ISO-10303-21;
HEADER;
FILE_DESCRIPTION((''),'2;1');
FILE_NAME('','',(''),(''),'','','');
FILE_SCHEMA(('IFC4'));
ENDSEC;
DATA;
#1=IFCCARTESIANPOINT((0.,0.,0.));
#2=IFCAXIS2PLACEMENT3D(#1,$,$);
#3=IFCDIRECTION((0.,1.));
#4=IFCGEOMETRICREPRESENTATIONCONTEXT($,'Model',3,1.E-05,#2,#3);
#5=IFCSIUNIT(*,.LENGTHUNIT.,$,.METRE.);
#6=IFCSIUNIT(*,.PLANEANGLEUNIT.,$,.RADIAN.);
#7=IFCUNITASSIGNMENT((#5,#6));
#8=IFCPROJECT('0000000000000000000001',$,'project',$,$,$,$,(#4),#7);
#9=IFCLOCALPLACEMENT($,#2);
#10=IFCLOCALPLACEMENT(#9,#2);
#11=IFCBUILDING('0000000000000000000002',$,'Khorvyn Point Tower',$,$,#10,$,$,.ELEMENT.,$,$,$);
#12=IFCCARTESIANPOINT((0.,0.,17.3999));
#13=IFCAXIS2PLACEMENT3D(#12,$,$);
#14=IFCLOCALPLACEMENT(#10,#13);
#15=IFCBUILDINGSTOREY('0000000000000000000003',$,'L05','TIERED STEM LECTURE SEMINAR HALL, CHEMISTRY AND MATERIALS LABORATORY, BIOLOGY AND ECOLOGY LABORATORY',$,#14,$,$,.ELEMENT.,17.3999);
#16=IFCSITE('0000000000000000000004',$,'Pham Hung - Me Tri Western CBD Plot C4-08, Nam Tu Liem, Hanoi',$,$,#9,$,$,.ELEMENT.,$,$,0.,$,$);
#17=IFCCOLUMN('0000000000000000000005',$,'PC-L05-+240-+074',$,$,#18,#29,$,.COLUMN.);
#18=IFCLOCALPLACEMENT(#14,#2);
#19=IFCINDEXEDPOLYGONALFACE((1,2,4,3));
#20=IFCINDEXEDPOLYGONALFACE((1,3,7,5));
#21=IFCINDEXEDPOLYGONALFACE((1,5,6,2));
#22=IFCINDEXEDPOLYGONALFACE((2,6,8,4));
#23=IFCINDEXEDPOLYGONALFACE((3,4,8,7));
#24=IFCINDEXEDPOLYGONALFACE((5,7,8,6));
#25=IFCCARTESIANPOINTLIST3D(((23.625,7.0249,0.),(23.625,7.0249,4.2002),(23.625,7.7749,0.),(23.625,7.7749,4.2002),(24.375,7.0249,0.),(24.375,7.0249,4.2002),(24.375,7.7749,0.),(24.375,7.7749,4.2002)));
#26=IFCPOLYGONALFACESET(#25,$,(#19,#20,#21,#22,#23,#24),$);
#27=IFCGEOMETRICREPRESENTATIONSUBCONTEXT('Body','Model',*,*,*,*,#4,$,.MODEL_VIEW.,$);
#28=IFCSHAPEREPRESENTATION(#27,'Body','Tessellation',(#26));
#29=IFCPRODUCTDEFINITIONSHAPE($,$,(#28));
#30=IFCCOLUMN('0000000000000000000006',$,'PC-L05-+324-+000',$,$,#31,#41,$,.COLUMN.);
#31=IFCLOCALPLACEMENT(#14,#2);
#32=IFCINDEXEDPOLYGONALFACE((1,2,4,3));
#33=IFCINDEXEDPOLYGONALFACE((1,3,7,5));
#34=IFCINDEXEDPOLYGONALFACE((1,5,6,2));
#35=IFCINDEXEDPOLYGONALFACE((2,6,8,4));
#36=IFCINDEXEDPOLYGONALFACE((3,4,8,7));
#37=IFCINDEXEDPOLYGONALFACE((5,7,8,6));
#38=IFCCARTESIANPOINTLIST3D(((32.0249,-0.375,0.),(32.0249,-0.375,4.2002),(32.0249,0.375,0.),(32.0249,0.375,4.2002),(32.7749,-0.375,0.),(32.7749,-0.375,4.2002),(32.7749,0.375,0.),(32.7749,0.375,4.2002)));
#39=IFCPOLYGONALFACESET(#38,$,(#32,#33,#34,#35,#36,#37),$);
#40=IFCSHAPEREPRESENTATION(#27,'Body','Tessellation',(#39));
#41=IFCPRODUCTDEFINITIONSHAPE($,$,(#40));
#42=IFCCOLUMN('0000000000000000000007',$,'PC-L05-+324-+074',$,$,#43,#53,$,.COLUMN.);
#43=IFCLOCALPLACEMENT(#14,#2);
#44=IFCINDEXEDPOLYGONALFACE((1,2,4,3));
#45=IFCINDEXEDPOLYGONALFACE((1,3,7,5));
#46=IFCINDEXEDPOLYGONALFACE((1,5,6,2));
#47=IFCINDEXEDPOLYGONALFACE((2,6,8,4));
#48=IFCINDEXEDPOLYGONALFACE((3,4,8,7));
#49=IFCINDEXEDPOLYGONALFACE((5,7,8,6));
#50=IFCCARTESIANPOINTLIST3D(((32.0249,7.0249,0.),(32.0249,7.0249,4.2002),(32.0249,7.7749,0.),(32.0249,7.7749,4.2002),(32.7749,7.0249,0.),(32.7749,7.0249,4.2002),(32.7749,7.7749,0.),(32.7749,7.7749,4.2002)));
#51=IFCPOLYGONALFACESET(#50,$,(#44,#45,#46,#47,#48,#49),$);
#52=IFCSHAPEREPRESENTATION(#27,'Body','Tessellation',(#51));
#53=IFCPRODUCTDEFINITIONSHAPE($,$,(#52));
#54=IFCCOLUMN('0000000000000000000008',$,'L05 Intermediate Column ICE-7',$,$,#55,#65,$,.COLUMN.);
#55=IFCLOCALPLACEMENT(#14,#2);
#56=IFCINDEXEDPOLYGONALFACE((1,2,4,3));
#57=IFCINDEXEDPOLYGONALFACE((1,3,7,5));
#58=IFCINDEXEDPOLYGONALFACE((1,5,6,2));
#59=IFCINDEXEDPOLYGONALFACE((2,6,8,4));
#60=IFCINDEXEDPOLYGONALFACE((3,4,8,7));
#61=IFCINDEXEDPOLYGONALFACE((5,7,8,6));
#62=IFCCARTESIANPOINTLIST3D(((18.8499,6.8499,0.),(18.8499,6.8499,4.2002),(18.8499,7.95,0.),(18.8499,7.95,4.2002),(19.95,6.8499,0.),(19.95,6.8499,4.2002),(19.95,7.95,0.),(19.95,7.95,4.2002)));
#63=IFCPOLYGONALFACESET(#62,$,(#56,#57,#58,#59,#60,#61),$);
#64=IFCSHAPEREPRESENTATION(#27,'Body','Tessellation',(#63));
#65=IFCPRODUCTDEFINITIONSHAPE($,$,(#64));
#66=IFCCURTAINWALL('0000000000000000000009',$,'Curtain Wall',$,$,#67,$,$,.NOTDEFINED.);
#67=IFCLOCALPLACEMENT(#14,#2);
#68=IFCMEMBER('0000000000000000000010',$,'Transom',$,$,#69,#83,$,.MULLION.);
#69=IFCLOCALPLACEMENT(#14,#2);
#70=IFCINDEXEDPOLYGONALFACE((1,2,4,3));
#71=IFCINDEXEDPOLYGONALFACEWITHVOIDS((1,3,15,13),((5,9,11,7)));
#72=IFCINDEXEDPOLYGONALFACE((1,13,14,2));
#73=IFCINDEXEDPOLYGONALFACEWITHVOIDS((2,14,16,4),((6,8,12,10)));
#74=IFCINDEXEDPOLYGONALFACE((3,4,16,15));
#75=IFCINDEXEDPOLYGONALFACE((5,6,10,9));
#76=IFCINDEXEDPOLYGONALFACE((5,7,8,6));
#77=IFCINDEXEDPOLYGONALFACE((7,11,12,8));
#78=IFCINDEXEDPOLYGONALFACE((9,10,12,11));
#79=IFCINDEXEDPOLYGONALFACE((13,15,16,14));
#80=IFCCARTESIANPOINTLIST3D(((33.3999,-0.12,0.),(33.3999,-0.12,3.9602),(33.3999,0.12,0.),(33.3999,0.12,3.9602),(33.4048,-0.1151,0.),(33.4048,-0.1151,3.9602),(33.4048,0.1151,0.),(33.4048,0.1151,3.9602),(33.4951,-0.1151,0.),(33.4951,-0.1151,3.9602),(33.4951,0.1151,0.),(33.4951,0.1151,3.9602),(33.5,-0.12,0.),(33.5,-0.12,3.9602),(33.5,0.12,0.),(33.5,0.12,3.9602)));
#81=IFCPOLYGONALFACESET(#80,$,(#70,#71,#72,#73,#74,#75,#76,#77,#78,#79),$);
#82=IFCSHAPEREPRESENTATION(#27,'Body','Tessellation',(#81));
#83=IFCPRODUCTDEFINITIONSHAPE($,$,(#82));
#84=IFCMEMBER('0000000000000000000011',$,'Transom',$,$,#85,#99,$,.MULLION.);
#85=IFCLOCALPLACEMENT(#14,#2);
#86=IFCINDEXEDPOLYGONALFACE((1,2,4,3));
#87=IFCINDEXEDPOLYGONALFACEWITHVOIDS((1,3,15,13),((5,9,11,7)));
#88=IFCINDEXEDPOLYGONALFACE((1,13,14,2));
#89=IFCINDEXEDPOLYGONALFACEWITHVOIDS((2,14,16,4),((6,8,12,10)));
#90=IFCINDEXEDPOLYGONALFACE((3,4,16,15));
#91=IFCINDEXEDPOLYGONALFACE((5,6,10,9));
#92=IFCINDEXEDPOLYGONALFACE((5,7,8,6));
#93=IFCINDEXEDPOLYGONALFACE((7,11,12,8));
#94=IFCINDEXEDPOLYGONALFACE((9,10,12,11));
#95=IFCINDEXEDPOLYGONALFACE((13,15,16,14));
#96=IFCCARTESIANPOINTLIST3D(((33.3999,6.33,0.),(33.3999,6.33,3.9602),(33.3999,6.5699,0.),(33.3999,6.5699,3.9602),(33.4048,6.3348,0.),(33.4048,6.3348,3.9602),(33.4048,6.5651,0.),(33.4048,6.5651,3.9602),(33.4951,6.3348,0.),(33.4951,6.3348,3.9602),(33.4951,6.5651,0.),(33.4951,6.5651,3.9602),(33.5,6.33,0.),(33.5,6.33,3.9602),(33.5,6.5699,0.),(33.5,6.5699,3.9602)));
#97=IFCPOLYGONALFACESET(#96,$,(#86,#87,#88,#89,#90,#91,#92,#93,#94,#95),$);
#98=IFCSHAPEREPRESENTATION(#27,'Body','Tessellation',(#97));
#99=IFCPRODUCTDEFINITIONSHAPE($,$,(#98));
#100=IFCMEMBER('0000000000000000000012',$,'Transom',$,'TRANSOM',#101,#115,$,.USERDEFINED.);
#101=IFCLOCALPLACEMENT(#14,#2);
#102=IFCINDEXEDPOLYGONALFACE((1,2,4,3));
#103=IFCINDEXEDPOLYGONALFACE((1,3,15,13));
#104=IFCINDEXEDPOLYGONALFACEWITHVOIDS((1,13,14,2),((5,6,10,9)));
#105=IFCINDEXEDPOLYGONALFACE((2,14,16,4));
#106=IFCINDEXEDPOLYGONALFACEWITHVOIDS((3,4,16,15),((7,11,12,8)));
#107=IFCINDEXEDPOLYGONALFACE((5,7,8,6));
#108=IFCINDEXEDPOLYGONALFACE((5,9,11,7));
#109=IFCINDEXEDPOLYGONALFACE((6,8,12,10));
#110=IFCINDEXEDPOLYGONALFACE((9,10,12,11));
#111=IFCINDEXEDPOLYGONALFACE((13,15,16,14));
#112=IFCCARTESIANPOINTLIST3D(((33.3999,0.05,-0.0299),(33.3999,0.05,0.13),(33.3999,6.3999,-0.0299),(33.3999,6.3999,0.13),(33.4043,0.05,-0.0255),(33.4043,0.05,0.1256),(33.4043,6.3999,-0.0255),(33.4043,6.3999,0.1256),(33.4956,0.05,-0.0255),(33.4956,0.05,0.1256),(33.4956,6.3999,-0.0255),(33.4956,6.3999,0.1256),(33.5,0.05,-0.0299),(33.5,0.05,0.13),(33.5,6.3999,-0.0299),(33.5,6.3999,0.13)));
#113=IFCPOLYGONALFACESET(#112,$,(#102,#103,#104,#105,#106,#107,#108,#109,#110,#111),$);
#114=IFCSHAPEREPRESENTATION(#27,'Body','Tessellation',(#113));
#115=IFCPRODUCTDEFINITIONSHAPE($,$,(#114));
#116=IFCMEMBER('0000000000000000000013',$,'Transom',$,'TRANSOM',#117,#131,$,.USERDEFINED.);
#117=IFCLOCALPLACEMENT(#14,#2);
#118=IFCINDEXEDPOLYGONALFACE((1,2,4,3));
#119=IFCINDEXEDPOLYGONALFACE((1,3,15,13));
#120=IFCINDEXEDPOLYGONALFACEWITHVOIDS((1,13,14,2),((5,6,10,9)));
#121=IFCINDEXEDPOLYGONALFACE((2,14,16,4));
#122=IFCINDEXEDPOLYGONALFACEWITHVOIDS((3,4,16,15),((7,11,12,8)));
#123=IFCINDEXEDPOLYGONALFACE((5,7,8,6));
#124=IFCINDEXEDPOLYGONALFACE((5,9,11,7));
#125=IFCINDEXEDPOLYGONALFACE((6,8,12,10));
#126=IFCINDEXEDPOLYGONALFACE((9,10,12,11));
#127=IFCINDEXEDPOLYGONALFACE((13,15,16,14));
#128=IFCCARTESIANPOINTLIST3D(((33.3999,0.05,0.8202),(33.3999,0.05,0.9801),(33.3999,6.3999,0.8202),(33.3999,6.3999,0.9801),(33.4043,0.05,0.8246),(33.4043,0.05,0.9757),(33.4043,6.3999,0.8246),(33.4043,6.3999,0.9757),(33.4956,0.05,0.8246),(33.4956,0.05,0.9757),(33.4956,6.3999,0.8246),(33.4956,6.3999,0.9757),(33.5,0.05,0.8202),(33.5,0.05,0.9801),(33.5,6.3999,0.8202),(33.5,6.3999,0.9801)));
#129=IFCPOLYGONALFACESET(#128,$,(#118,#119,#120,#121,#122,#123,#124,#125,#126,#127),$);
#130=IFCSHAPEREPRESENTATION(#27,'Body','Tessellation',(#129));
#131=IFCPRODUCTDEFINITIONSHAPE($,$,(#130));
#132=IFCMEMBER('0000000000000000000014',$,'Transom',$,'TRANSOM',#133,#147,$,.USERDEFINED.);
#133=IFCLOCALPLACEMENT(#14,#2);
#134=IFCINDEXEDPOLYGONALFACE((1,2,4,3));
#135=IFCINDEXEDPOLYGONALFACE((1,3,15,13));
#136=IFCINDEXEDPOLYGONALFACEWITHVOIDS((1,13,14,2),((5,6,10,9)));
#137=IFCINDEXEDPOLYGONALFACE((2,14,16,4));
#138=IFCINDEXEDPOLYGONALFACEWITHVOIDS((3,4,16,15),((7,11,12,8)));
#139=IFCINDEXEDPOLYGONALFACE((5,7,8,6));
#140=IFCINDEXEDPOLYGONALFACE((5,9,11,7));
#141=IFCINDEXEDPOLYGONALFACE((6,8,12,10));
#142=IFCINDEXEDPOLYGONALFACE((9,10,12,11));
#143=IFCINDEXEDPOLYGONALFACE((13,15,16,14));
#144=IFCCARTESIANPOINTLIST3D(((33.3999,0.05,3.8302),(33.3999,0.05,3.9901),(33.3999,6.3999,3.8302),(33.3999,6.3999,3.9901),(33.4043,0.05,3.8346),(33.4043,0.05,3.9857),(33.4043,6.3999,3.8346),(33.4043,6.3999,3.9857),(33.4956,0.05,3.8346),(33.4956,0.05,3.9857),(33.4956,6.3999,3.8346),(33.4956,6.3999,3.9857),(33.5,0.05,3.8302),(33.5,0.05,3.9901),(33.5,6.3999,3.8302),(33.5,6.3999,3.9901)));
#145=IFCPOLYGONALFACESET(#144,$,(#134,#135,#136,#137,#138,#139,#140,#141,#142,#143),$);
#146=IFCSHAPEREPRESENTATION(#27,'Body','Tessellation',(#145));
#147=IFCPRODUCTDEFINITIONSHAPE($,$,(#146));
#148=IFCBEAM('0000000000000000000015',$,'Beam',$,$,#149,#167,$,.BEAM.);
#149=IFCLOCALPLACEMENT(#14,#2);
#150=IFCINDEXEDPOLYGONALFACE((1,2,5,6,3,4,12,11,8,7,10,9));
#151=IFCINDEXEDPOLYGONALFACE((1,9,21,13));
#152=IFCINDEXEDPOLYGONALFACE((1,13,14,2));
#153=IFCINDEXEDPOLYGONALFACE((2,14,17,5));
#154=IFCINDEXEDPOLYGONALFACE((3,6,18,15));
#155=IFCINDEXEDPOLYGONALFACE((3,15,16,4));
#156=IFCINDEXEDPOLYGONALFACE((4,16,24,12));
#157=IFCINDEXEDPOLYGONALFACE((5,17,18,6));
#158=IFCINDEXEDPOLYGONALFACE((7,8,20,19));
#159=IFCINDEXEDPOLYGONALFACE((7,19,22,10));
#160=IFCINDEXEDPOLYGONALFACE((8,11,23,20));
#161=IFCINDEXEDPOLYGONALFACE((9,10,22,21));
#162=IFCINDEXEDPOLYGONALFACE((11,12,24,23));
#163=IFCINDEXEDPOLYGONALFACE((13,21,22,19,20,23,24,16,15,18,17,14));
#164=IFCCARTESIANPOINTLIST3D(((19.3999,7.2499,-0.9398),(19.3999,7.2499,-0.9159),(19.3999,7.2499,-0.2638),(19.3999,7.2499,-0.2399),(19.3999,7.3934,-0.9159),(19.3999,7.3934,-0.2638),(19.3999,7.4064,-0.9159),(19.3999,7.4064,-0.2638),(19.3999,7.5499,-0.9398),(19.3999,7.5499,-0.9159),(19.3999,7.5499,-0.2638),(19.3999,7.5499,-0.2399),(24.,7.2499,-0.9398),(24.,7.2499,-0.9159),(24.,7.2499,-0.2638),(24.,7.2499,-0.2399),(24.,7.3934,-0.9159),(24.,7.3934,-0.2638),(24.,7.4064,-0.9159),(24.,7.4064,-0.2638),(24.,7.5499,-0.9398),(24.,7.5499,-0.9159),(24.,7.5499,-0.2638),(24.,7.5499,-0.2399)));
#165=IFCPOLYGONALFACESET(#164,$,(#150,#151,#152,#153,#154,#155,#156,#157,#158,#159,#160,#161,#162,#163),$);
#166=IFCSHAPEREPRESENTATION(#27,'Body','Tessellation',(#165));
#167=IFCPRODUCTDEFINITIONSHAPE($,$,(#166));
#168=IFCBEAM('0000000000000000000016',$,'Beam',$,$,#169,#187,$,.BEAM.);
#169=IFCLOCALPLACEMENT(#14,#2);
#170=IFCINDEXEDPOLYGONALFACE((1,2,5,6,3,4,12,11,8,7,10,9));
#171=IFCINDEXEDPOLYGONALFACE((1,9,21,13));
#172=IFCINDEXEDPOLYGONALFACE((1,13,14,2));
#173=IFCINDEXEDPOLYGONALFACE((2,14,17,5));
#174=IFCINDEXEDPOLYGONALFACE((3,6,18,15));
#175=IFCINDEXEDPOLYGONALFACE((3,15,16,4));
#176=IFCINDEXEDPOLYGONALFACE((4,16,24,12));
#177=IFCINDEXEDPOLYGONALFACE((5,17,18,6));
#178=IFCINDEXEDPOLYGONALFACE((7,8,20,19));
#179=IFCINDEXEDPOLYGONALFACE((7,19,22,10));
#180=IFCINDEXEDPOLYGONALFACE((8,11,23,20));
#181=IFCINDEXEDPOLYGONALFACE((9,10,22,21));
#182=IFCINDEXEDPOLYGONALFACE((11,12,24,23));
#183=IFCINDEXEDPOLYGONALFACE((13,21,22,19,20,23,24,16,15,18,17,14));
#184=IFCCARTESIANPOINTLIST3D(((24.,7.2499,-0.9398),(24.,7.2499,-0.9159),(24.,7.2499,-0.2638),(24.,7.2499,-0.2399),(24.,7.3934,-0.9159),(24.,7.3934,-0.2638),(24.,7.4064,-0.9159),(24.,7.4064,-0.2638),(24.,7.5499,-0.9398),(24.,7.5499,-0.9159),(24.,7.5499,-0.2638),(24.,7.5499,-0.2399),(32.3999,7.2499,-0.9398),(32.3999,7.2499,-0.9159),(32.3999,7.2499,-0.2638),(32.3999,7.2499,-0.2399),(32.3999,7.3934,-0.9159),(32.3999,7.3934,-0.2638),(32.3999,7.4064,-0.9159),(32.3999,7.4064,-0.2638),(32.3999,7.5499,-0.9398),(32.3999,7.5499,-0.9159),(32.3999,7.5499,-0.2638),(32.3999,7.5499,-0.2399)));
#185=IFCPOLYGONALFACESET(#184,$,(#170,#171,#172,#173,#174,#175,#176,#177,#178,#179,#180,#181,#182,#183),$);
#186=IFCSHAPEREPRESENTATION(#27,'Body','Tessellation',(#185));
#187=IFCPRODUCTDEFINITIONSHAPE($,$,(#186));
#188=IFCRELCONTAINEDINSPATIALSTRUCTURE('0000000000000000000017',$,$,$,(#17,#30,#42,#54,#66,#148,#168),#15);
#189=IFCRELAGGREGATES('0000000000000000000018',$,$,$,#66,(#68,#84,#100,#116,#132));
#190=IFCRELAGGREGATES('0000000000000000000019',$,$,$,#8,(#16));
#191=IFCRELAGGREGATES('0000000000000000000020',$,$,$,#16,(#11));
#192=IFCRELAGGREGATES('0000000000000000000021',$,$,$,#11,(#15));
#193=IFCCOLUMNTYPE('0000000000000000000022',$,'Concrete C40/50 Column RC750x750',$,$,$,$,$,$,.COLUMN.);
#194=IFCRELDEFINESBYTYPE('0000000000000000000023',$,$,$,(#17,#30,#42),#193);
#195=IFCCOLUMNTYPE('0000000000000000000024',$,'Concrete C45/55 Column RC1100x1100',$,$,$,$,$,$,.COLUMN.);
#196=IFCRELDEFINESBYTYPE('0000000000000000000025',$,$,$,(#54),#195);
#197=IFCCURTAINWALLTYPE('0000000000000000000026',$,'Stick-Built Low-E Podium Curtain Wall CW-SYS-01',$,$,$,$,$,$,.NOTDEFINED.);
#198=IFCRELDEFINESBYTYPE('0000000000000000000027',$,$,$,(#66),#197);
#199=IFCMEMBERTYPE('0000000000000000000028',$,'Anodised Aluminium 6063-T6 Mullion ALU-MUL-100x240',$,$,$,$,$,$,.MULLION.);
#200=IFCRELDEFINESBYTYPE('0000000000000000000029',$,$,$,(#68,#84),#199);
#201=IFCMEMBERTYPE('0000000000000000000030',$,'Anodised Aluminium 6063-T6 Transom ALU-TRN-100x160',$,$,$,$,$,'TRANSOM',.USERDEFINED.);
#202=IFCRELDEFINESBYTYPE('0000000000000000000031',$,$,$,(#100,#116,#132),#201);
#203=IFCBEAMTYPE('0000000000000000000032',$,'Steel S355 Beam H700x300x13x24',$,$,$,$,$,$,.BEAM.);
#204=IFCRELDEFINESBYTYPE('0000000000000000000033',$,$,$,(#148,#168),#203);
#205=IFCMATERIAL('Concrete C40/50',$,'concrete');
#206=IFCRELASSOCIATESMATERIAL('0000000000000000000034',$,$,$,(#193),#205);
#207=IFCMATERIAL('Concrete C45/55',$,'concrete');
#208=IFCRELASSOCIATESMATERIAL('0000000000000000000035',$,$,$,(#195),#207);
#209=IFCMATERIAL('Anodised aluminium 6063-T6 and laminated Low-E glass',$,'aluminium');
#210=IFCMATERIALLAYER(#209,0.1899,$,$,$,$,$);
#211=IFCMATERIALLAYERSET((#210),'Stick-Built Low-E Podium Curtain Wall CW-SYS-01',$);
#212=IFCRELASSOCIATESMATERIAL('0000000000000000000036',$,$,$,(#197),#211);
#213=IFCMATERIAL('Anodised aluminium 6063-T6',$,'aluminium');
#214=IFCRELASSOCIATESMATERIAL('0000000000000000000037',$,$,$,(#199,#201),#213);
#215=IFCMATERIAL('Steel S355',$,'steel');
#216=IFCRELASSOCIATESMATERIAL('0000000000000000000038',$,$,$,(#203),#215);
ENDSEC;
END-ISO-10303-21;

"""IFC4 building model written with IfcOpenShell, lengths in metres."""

from ifc_helpers import new_model, si_unit, direction, frame, origin, origin_2d, place, context, subcontext, project, spatial, rectangle, hollow_rectangle, i_section, extrude, material, layer, layer_set, material_profile, profile_set, type_object, element, aggregate, save


model = new_model("IFC4")

# Units and contexts
model_context = context("Model", 3, precision=1e-05, world=origin(), true_north=direction((0.0, 1.0)))
body_context = subcontext(model_context, "Body", "Model", "MODEL_VIEW")
ifc_project = project(units=[si_unit("LENGTHUNIT", "METRE"), si_unit("PLANEANGLEUNIT", "RADIAN")], contexts=[model_context])

# Site, building, storey
site_placement = place(None, origin())
site = spatial("IfcSite", under=ifc_project, at=site_placement, Name="Pham Hung - Me Tri Western CBD Plot C4-08, Nam Tu Liem, Hanoi", CompositionType="ELEMENT", RefElevation=0.0)
building_placement = place(site_placement, origin())
building = spatial("IfcBuilding", under=site, at=building_placement, Name="Khorvyn Point Tower", CompositionType="ELEMENT")
storey_placement = place(building_placement, frame((0.0, 0.0, 17.3999)))
storey = spatial("IfcBuildingStorey", under=building, at=storey_placement, Name="L05", Description="TIERED STEM LECTURE SEMINAR HALL, CHEMISTRY AND MATERIALS LABORATORY, BIOLOGY AND ECOLOGY LABORATORY", CompositionType="ELEMENT", Elevation=17.3999)

# Columns
ifc_material_1 = material(Name="Concrete C40/50", Category="concrete")
ifc_material_profile_1 = material_profile(ifc_material_1, rectangle(XDim=0.75, YDim=0.75, at=origin_2d()))
ifc_profile_set_1 = profile_set([ifc_material_profile_1], Name="Concrete C40/50 RC750x750")
column_type_1 = type_object("IfcColumnType", Name="Concrete C40/50 Column RC750x750", PredefinedType="COLUMN", material=ifc_profile_set_1)
for number, where, z_axis, x_axis, name in (
    (1, (24.0, 7.3999, 0.0), (0.0, 0.0, 1.0), (1.0, 0.0, 0.0), "PC-L05-+240-+074"),
    (2, (32.3999, 0.0, 0.0), (0.0, 0.0, 1.0), (1.0, 0.0, 0.0), "PC-L05-+324-+000"),
    (3, (32.3999, 7.3999, 0.0), (0.0, 0.0, 1.0), (1.0, 0.0, 0.0), "PC-L05-+324-+074"),
):
    element("IfcColumn", number, at=place(storey_placement, frame(where, z_axis=z_axis, x_axis=x_axis)), inside=storey, type_object=column_type_1, Name=name, PredefinedType="COLUMN", context=body_context, shape_type="SweptSolid", body=[
        extrude(rectangle(XDim=0.75, YDim=0.75, at=origin_2d()), origin(), (0.0, 0.0, 1.0), 4.2002),
    ])
ifc_material_2 = material(Name="Concrete C45/55", Category="concrete")
ifc_material_profile_2 = material_profile(ifc_material_2, rectangle(XDim=1.1001, YDim=1.1001, at=origin_2d()))
ifc_profile_set_2 = profile_set([ifc_material_profile_2], Name="Concrete C45/55 RC1100x1100")
column_type_2 = type_object("IfcColumnType", Name="Concrete C45/55 Column RC1100x1100", PredefinedType="COLUMN", material=ifc_profile_set_2)
column_placement = place(storey_placement, frame((19.3999, 7.3999, 0.0), z_axis=(0.0, 0.0, 1.0), x_axis=(1.0, 0.0, 0.0)))
element("IfcColumn", 4, at=column_placement, inside=storey, type_object=column_type_2, Name="L05 Intermediate Column ICE-7", PredefinedType="COLUMN", context=body_context, shape_type="SweptSolid", body=[
    extrude(rectangle(XDim=1.1001, YDim=1.1001, at=origin_2d()), origin(), (0.0, 0.0, 1.0), 4.2002),
])

# Curtain wall, members
ifc_material_3 = material(Name="Anodised aluminium 6063-T6 and laminated Low-E glass", Category="aluminium")
ifc_layer_1 = layer(ifc_material_3, 0.1899)
ifc_layer_set_1 = layer_set([ifc_layer_1], Name="Stick-Built Low-E Podium Curtain Wall CW-SYS-01")
curtain_wall_type = type_object("IfcCurtainWallType", Name="Stick-Built Low-E Podium Curtain Wall CW-SYS-01", PredefinedType="NOTDEFINED", material=ifc_layer_set_1)
curtain_wall_placement = place(storey_placement, origin())
curtain_wall = element("IfcCurtainWall", 5, at=curtain_wall_placement, inside=storey, type_object=curtain_wall_type, Name="Curtain Wall", PredefinedType="NOTDEFINED")
ifc_material_4 = material(Name="Anodised aluminium 6063-T6", Category="aluminium")
ifc_material_profile_3 = material_profile(ifc_material_4, hollow_rectangle(XDim=0.1001, YDim=0.24, WallThickness=0.0049, at=origin_2d()))
ifc_profile_set_3 = profile_set([ifc_material_profile_3], Name="Anodised aluminium 6063-T6 ALU-MUL-100x240")
member_type_1 = type_object("IfcMemberType", Name="Anodised Aluminium 6063-T6 Mullion ALU-MUL-100x240", PredefinedType="MULLION", material=ifc_profile_set_3)
member_1_placement = place(storey_placement, frame((33.45, 0.0, 0.0), z_axis=(0.0, 0.0, 1.0), x_axis=(-1.0, 0.0, 0.0)))
member_1 = element("IfcMember", 6, at=member_1_placement, type_object=member_type_1, Name="Transom", PredefinedType="MULLION", context=body_context, shape_type="SweptSolid", body=[
    extrude(hollow_rectangle(XDim=0.1001, YDim=0.24, WallThickness=0.0049, at=origin_2d()), origin(), (0.0, 0.0, 1.0), 3.9602),
])
member_2_placement = place(storey_placement, frame((33.45, 6.45, 0.0), z_axis=(0.0, 0.0, 1.0), x_axis=(-1.0, 0.0, 0.0)))
member_2 = element("IfcMember", 7, at=member_2_placement, type_object=member_type_1, Name="Transom", PredefinedType="MULLION", context=body_context, shape_type="SweptSolid", body=[
    extrude(hollow_rectangle(XDim=0.1001, YDim=0.24, WallThickness=0.0049, at=origin_2d()), origin(), (0.0, 0.0, 1.0), 3.9602),
])
ifc_material_profile_4 = material_profile(ifc_material_4, hollow_rectangle(XDim=0.1001, YDim=0.1599, WallThickness=0.0044, at=origin_2d()))
ifc_profile_set_4 = profile_set([ifc_material_profile_4], Name="Anodised aluminium 6063-T6 ALU-TRN-100x160")
member_type_2 = type_object("IfcMemberType", Name="Anodised Aluminium 6063-T6 Transom ALU-TRN-100x160", ElementType="TRANSOM", PredefinedType="USERDEFINED", material=ifc_profile_set_4)
member_3_placement = place(storey_placement, frame((33.45, 0.05, 0.05), z_axis=(0.0, 1.0, 0.0), x_axis=(-1.0, 0.0, 0.0)))
member_3 = element("IfcMember", 8, at=member_3_placement, type_object=member_type_2, Name="Transom", ObjectType="TRANSOM", PredefinedType="USERDEFINED", context=body_context, shape_type="SweptSolid", body=[
    extrude(hollow_rectangle(XDim=0.1001, YDim=0.1599, WallThickness=0.0044, at=origin_2d()), origin(), (0.0, 0.0, 1.0), 6.3499),
])
member_4_placement = place(storey_placement, frame((33.45, 0.05, 0.9001), z_axis=(0.0, 1.0, 0.0), x_axis=(-1.0, 0.0, 0.0)))
member_4 = element("IfcMember", 9, at=member_4_placement, type_object=member_type_2, Name="Transom", ObjectType="TRANSOM", PredefinedType="USERDEFINED", context=body_context, shape_type="SweptSolid", body=[
    extrude(hollow_rectangle(XDim=0.1001, YDim=0.1599, WallThickness=0.0044, at=origin_2d()), origin(), (0.0, 0.0, 1.0), 6.3499),
])
member_5_placement = place(storey_placement, frame((33.45, 0.05, 3.9102), z_axis=(0.0, 1.0, 0.0), x_axis=(-1.0, 0.0, 0.0)))
member_5 = element("IfcMember", 10, at=member_5_placement, type_object=member_type_2, Name="Transom", ObjectType="TRANSOM", PredefinedType="USERDEFINED", context=body_context, shape_type="SweptSolid", body=[
    extrude(hollow_rectangle(XDim=0.1001, YDim=0.1599, WallThickness=0.0044, at=origin_2d()), origin(), (0.0, 0.0, 1.0), 6.3499),
])

# Beams
ifc_material_5 = material(Name="Steel S355", Category="steel")
ifc_material_profile_5 = material_profile(ifc_material_5, i_section(OverallWidth=0.3, OverallDepth=0.7, WebThickness=0.0129, FlangeThickness=0.0239, at=origin_2d()))
ifc_profile_set_5 = profile_set([ifc_material_profile_5], Name="Steel S355 H700x300x13x24")
beam_type_1 = type_object("IfcBeamType", Name="Steel S355 Beam H700x300x13x24", PredefinedType="BEAM", material=ifc_profile_set_5)
beam_1_placement = place(storey_placement, frame((19.3999, 7.3999, -0.5898), z_axis=(1.0, 0.0, 0.0), x_axis=(0.0, 1.0, 0.0)))
element("IfcBeam", 11, at=beam_1_placement, inside=storey, type_object=beam_type_1, Name="Beam", PredefinedType="BEAM", context=body_context, shape_type="SweptSolid", body=[
    extrude(i_section(OverallWidth=0.3, OverallDepth=0.7, WebThickness=0.0129, FlangeThickness=0.0239, at=origin_2d()), origin(), (0.0, 0.0, 1.0), 4.6001),
])
beam_2_placement = place(storey_placement, frame((24.0, 7.3999, -0.5898), z_axis=(1.0, 0.0, 0.0), x_axis=(0.0, 1.0, 0.0)))
element("IfcBeam", 12, at=beam_2_placement, inside=storey, type_object=beam_type_1, Name="Beam", PredefinedType="BEAM", context=body_context, shape_type="SweptSolid", body=[
    extrude(i_section(OverallWidth=0.3, OverallDepth=0.7, WebThickness=0.0129, FlangeThickness=0.0239, at=origin_2d()), origin(), (0.0, 0.0, 1.0), 8.3999),
])

aggregate(curtain_wall, [member_1, member_2, member_3, member_4, member_5])

save(model, "model.ifc")
